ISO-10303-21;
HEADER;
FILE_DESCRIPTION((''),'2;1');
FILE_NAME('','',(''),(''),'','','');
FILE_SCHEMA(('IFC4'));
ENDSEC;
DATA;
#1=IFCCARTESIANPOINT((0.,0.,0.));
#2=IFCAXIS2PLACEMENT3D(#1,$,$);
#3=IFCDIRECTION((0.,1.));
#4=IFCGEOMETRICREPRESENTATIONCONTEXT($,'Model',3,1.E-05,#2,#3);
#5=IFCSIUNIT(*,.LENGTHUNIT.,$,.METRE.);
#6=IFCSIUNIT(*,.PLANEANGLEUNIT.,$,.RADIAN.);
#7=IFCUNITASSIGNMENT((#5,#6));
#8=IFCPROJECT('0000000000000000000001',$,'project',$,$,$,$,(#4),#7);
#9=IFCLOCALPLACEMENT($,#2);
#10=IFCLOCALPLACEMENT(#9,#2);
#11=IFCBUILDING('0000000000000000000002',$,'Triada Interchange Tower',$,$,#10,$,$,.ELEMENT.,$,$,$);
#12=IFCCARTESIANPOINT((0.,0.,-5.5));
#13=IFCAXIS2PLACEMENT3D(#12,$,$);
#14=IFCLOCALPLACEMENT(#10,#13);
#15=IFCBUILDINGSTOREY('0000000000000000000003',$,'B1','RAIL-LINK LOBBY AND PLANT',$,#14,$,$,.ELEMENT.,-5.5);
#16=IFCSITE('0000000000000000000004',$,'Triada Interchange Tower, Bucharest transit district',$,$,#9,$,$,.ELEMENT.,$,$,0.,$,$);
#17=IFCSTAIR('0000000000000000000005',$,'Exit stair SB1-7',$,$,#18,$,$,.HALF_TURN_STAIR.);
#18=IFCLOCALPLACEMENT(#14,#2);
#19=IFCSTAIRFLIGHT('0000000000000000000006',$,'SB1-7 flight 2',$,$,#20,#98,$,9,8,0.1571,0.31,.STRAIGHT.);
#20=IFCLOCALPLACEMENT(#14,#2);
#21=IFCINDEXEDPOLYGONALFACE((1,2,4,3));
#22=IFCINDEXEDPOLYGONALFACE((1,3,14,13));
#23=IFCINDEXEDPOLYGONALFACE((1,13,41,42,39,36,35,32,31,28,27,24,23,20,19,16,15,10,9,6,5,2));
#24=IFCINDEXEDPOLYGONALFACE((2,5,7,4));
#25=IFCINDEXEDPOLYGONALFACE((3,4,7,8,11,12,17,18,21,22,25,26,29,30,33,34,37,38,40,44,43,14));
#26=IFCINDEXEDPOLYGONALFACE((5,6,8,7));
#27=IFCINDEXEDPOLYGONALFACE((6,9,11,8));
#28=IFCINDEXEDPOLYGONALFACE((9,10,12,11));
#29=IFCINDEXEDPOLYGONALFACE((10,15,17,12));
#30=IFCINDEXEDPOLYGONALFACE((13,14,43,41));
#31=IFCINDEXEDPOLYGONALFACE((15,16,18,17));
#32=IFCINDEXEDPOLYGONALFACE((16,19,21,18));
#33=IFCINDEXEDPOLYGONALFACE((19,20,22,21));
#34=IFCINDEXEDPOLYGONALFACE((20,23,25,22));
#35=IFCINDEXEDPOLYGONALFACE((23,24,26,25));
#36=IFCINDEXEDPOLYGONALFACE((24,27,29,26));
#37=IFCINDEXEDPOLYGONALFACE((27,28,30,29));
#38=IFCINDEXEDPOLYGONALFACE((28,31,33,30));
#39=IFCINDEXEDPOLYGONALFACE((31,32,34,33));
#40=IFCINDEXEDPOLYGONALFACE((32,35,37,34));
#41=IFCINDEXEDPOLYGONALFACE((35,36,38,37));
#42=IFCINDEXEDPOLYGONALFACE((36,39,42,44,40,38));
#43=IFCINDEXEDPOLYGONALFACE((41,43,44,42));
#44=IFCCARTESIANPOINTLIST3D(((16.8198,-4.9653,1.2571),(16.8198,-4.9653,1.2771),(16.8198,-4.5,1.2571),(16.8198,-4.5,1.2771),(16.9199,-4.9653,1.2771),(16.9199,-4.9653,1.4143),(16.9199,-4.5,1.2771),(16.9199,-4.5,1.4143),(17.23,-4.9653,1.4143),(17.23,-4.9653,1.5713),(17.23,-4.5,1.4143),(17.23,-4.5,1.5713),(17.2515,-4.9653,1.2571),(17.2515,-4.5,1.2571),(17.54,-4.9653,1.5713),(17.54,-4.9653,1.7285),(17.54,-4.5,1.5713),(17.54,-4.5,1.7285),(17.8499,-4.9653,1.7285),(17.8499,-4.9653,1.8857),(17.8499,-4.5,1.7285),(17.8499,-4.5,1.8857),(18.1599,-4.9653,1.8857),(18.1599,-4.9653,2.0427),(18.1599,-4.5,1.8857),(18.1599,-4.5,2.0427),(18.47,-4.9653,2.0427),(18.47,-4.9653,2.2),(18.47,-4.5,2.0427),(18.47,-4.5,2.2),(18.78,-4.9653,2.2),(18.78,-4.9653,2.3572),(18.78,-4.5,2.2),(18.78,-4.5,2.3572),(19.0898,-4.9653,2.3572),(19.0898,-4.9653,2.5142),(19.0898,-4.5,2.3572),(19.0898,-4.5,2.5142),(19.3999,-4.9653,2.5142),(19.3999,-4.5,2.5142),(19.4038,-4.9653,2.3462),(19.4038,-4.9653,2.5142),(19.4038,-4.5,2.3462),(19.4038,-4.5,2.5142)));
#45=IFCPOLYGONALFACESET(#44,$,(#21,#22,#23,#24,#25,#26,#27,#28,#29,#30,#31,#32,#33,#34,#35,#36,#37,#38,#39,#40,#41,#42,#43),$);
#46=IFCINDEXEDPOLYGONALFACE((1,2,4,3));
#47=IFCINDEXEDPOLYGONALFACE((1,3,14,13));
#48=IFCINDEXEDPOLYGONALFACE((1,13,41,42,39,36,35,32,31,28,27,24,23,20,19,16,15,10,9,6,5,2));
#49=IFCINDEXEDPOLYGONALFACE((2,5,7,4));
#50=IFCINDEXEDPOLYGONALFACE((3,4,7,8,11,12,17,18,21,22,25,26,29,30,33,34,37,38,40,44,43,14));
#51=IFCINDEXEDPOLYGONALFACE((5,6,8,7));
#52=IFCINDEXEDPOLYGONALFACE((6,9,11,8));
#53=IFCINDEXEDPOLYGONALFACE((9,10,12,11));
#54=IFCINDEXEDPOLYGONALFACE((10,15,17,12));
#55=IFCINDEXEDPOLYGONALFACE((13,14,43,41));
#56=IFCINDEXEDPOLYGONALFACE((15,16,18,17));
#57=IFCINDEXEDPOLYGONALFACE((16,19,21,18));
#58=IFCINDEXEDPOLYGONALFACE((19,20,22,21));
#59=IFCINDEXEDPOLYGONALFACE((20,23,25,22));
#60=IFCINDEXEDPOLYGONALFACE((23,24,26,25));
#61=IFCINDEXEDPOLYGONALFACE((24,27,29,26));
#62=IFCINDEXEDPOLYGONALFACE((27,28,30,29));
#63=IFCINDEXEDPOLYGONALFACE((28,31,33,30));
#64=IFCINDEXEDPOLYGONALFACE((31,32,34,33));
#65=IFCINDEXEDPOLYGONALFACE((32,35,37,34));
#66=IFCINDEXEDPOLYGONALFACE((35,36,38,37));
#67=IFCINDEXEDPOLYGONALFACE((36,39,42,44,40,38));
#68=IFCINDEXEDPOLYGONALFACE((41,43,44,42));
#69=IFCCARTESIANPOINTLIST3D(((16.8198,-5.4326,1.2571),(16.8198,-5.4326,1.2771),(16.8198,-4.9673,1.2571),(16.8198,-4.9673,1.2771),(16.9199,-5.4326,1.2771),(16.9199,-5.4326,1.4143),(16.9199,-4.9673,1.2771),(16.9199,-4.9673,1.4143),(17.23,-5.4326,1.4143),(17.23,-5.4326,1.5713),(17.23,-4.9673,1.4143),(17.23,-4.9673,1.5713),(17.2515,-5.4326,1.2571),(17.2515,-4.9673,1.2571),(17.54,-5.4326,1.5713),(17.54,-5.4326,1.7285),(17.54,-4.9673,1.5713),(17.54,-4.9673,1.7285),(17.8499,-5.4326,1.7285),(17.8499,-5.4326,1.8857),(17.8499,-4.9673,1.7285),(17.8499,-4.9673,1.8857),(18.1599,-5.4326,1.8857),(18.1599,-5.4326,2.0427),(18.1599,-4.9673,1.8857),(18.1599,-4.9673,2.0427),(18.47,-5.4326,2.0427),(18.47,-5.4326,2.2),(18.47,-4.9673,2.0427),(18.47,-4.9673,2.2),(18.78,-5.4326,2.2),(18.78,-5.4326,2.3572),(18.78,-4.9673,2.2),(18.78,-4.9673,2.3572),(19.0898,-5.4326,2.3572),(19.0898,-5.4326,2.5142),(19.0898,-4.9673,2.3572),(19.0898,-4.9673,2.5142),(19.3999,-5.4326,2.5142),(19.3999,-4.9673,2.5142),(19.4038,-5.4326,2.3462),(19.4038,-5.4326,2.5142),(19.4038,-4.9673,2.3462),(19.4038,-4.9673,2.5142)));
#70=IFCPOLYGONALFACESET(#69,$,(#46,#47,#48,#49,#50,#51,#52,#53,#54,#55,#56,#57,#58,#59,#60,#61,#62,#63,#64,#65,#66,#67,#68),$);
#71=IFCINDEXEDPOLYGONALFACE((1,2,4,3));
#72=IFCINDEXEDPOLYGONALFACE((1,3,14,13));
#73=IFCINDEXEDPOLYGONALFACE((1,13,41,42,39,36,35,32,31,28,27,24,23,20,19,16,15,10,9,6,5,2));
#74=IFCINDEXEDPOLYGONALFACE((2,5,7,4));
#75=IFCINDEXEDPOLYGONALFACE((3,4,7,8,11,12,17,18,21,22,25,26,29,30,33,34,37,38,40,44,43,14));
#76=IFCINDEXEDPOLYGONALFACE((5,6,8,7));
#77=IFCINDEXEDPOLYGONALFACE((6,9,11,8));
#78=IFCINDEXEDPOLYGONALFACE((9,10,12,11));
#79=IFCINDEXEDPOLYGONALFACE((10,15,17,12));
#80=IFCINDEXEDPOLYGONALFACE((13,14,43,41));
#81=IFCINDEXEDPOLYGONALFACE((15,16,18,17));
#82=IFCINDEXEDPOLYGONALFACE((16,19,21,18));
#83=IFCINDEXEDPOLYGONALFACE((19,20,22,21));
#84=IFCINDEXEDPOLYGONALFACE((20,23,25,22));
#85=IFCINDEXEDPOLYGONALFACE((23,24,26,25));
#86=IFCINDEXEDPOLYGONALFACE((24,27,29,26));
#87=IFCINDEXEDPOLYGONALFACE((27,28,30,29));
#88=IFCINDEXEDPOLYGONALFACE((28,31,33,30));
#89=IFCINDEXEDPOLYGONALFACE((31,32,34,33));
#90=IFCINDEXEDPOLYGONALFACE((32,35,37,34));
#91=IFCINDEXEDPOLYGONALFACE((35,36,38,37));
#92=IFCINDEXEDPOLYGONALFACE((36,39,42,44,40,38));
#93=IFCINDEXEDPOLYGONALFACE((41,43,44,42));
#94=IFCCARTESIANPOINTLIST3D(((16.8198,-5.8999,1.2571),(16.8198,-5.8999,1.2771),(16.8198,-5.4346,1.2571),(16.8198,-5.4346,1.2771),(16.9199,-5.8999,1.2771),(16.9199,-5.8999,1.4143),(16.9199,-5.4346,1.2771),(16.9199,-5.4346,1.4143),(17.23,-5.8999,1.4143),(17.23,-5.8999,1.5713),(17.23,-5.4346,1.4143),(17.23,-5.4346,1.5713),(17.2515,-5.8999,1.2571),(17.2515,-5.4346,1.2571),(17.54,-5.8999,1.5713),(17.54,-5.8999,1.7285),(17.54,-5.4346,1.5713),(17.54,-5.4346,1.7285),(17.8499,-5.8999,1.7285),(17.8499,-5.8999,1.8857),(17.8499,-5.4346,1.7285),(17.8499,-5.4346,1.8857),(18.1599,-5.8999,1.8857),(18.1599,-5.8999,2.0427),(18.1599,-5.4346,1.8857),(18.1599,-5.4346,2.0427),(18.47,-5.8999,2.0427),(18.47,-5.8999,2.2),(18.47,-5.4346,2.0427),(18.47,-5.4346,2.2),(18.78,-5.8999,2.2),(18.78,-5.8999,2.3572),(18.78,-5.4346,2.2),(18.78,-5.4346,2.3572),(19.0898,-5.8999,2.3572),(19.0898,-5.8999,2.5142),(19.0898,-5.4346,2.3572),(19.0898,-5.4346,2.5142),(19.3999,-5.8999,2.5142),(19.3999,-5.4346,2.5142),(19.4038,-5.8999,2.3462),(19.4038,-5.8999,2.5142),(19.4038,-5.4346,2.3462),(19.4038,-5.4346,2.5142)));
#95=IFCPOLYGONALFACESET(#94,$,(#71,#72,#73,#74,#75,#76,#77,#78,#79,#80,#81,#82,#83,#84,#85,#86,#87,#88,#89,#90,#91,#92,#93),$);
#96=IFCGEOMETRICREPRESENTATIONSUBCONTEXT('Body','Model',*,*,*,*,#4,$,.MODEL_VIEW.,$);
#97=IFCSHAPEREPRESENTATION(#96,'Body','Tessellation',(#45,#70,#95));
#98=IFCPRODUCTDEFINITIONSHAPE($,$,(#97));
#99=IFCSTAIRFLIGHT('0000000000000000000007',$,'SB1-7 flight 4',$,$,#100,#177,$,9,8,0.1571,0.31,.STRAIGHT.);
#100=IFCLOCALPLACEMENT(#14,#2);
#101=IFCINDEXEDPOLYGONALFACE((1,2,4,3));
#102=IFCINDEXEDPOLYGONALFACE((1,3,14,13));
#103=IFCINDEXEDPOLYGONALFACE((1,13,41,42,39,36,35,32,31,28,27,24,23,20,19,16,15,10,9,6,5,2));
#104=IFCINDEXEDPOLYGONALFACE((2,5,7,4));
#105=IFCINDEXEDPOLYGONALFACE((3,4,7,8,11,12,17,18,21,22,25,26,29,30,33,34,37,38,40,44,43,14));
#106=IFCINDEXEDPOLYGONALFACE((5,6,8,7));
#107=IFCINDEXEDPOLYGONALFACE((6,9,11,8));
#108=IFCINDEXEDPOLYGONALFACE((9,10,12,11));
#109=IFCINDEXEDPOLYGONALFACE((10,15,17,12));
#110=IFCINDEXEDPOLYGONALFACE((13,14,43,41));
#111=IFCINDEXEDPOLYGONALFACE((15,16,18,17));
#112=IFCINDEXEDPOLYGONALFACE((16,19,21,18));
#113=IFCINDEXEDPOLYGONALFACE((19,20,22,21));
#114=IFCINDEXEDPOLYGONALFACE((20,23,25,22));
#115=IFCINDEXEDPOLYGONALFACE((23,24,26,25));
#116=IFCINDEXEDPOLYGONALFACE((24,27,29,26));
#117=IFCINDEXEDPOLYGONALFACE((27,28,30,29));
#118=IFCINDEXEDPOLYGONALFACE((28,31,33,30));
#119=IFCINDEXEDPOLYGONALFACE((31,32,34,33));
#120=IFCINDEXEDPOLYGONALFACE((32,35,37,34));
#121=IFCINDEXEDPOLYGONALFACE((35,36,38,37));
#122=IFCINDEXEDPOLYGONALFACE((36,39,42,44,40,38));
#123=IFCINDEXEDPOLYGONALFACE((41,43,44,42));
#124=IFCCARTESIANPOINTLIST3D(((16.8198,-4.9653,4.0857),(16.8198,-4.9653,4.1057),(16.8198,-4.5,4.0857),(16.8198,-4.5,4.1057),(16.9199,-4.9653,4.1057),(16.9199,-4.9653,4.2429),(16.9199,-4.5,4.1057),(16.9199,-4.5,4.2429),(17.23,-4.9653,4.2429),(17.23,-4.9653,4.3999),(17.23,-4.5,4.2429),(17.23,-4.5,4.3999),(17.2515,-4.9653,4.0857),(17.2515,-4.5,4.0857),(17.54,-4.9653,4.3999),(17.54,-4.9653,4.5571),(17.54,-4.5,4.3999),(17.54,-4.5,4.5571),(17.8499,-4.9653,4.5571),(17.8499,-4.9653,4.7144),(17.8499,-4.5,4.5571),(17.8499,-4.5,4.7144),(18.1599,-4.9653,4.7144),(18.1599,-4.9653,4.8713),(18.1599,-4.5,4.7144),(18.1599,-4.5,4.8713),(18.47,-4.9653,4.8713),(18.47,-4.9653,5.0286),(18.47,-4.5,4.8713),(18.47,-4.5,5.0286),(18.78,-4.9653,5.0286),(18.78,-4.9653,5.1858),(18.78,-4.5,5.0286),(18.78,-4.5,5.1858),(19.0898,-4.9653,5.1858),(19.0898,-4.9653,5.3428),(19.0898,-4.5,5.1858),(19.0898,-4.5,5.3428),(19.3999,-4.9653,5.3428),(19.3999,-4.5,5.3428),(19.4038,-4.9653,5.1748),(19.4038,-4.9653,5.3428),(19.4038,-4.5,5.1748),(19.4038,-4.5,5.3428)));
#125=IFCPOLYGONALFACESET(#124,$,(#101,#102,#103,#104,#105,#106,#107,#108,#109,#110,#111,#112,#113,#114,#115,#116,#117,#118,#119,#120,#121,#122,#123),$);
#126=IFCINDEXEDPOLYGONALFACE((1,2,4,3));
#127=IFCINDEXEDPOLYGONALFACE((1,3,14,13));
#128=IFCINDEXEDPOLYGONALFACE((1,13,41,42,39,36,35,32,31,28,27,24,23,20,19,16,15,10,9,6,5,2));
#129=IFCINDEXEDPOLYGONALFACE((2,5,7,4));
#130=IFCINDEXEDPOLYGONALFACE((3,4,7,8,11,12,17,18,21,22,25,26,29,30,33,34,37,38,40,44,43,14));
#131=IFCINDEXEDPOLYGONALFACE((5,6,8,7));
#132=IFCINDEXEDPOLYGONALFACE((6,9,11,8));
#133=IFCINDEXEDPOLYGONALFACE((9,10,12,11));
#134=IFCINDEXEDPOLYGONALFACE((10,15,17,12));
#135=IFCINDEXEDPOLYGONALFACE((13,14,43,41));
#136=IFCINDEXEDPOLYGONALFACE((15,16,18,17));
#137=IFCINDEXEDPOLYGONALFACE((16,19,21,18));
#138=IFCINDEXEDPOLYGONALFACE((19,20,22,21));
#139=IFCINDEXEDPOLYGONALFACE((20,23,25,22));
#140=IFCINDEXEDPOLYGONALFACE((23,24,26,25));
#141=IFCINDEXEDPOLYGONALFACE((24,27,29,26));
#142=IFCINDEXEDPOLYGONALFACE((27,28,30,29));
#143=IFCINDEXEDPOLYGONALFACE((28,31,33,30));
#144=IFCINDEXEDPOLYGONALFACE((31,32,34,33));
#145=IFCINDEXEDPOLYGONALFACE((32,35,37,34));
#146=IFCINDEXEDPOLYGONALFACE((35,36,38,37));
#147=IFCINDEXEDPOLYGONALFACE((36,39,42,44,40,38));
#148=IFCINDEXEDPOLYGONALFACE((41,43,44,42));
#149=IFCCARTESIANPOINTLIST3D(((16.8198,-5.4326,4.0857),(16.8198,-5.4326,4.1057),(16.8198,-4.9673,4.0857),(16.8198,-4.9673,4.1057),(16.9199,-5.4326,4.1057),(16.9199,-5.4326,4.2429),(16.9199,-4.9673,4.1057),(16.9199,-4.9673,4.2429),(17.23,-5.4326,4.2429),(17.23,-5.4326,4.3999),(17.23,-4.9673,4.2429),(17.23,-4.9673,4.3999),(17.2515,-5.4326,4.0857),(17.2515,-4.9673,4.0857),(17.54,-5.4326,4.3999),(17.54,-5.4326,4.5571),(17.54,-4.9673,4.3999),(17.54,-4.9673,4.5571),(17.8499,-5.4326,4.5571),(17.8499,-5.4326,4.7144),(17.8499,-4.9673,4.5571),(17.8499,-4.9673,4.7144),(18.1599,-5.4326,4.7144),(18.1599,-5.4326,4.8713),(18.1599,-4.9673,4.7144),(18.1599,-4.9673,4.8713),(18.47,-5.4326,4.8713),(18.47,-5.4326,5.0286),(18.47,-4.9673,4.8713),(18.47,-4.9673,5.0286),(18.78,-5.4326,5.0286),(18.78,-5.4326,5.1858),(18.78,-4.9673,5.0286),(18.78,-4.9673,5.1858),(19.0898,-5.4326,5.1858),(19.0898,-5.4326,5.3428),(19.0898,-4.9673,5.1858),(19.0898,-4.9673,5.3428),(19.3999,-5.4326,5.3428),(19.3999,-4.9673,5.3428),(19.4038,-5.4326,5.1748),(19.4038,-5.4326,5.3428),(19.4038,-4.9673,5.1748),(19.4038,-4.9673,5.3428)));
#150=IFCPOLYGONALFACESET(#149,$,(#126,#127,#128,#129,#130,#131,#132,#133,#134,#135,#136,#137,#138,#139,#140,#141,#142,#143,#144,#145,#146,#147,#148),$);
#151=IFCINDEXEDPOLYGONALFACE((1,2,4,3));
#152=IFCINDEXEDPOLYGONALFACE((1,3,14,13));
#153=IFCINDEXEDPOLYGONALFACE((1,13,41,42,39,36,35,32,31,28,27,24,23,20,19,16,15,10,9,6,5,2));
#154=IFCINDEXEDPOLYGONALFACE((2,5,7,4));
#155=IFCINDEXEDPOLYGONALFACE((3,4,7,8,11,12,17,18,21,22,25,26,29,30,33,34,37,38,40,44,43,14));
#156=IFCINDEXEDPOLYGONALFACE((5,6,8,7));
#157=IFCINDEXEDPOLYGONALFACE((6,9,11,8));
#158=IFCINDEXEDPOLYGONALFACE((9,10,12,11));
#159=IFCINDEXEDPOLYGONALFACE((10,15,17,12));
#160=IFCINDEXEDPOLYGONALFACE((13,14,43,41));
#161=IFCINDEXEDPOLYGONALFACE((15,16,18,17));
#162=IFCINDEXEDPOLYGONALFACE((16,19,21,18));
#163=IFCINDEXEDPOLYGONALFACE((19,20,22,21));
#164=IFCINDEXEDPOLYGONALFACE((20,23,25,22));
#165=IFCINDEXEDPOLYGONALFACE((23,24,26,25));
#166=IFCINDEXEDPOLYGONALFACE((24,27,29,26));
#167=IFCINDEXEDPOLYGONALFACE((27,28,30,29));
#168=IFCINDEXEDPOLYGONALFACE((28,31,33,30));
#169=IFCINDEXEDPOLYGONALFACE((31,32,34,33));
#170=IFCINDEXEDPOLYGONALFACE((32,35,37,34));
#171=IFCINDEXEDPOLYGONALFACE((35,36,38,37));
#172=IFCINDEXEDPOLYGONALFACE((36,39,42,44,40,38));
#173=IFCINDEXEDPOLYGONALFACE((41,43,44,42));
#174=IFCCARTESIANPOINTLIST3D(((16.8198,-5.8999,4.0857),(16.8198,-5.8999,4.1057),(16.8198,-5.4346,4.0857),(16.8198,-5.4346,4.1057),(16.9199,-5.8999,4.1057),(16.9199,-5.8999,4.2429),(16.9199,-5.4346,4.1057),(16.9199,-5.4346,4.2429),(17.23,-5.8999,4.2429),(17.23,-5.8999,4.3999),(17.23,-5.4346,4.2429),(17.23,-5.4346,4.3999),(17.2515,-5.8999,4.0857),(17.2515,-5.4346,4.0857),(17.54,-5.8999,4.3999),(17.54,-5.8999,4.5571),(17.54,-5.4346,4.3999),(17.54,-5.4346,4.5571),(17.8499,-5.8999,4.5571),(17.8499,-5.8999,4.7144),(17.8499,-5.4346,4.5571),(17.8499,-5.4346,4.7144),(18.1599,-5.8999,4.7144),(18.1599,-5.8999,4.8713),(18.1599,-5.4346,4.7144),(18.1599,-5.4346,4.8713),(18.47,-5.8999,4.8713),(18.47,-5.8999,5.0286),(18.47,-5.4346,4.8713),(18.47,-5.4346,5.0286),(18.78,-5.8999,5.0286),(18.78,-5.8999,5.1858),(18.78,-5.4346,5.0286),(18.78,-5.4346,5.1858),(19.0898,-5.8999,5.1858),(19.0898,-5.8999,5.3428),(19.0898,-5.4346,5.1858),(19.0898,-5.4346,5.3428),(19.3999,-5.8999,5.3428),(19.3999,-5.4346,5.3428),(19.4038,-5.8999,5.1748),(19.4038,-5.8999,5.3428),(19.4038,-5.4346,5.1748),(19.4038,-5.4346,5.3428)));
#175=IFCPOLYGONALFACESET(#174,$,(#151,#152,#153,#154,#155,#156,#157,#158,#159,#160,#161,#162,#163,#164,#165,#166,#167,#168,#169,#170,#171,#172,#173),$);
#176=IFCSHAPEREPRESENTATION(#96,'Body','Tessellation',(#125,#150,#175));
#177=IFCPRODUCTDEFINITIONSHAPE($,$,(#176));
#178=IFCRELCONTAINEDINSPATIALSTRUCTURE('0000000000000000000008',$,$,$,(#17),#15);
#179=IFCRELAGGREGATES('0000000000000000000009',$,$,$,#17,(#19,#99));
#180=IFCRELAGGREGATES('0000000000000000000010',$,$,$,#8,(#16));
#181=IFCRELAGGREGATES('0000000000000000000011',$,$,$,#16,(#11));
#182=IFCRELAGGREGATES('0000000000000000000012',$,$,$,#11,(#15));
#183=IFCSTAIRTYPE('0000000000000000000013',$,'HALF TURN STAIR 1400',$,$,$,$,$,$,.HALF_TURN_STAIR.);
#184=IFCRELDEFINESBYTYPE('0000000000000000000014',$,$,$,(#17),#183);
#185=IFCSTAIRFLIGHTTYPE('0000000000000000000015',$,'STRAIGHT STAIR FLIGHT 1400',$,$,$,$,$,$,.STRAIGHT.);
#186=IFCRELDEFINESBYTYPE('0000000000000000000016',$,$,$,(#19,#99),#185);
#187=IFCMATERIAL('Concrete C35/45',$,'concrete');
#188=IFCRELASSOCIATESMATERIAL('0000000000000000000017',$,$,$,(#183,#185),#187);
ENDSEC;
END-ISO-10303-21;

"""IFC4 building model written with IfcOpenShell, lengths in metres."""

from ifc_helpers import new_model, si_unit, direction, frame, origin, place, context, subcontext, project, spatial, polyline, outline, extrude, material, type_object, element, aggregate, save


model = new_model("IFC4")

# Units and contexts
model_context = context("Model", 3, precision=1e-05, world=origin(), true_north=direction((0.0, 1.0)))
body_context = subcontext(model_context, "Body", "Model", "MODEL_VIEW")
ifc_project = project(units=[si_unit("LENGTHUNIT", "METRE"), si_unit("PLANEANGLEUNIT", "RADIAN")], contexts=[model_context])

# Site, building, storey
site_placement = place(None, origin())
site = spatial("IfcSite", under=ifc_project, at=site_placement, Name="Triada Interchange Tower, Bucharest transit district", CompositionType="ELEMENT", RefElevation=0.0)
building_placement = place(site_placement, origin())
building = spatial("IfcBuilding", under=site, at=building_placement, Name="Triada Interchange Tower", CompositionType="ELEMENT")
storey_placement = place(building_placement, frame((0.0, 0.0, -5.5)))
storey = spatial("IfcBuildingStorey", under=building, at=storey_placement, Name="B1", Description="RAIL-LINK LOBBY AND PLANT", CompositionType="ELEMENT", Elevation=-5.5)

# Shared definitions
ifc_material_1 = material(Name="Concrete C35/45", Category="concrete")

# Stair, stair flights
stair_type = type_object("IfcStairType", Name="HALF TURN STAIR 1400", PredefinedType="HALF_TURN_STAIR", material=ifc_material_1)
stair_1_placement = place(storey_placement, origin())
stair_1 = element("IfcStair", 1, at=stair_1_placement, inside=storey, type_object=stair_type, Name="Exit stair SB1-7", PredefinedType="HALF_TURN_STAIR")
stair_flight_type = type_object("IfcStairFlightType", Name="STRAIGHT STAIR FLIGHT 1400", PredefinedType="STRAIGHT", material=ifc_material_1)
stair_flight_1_placement = place(storey_placement, frame((16.9199, -5.2, 1.2571), z_axis=(0.0, 0.0, 1.0), x_axis=(1.0, 0.0, 0.0)))
stair_flight_1 = element("IfcStairFlight", 2, at=stair_flight_1_placement, type_object=stair_flight_type, Name="SB1-7 flight 2", NumberOfRisers=9, NumberOfTreads=8, PredefinedType="STRAIGHT", RiserHeight=0.1571, TreadLength=0.31, context=body_context, shape_type="SweptSolid", body=[
    extrude(outline(polyline([(-0.1001, 0.0), (-0.1001, 0.02), (0.0, 0.02), (0.0, 0.1572), (0.3101, 0.1572), (0.3101, 0.3142), (0.6201, 0.3142), (0.6201, 0.4714), (0.9299, 0.4714), (0.9299, 0.6287), (1.24, 0.6287), (1.24, 0.7856), (1.55, 0.7856), (1.55, 0.9429), (1.8601, 0.9429), (1.8601, 1.1001), (2.1699, 1.1001), (2.1699, 1.2571), (2.48, 1.2571), (2.4839, 1.2571), (2.4839, 1.4143), (2.4839, 1.0891), (0.3315, 0.0), (-0.1001, 0.0)])), frame((0.0, 0.7, 0.0), z_axis=(0.0, -1.0, 0.0), x_axis=(1.0, 0.0, 0.0)), (0.0, 0.0, 1.0), 0.4653),
    extrude(outline(polyline([(-0.1001, 0.0), (-0.1001, 0.02), (0.0, 0.02), (0.0, 0.1572), (0.3101, 0.1572), (0.3101, 0.3142), (0.6201, 0.3142), (0.6201, 0.4714), (0.9299, 0.4714), (0.9299, 0.6287), (1.24, 0.6287), (1.24, 0.7856), (1.55, 0.7856), (1.55, 0.9429), (1.8601, 0.9429), (1.8601, 1.1001), (2.1699, 1.1001), (2.1699, 1.2571), (2.48, 1.2571), (2.4839, 1.2571), (2.4839, 1.4143), (2.4839, 1.0891), (0.3315, 0.0), (-0.1001, 0.0)])), frame((0.0, 0.2327, 0.0), z_axis=(0.0, -1.0, 0.0), x_axis=(1.0, 0.0, 0.0)), (0.0, 0.0, 1.0), 0.4653),
    extrude(outline(polyline([(-0.1001, 0.0), (-0.1001, 0.02), (0.0, 0.02), (0.0, 0.1572), (0.3101, 0.1572), (0.3101, 0.3142), (0.6201, 0.3142), (0.6201, 0.4714), (0.9299, 0.4714), (0.9299, 0.6287), (1.24, 0.6287), (1.24, 0.7856), (1.55, 0.7856), (1.55, 0.9429), (1.8601, 0.9429), (1.8601, 1.1001), (2.1699, 1.1001), (2.1699, 1.2571), (2.48, 1.2571), (2.4839, 1.2571), (2.4839, 1.4143), (2.4839, 1.0891), (0.3315, 0.0), (-0.1001, 0.0)])), frame((0.0, -0.2346, 0.0), z_axis=(0.0, -1.0, 0.0), x_axis=(1.0, 0.0, 0.0)), (0.0, 0.0, 1.0), 0.4653),
])
stair_flight_2_placement = place(storey_placement, frame((16.9199, -5.2, 4.0857), z_axis=(0.0, 0.0, 1.0), x_axis=(1.0, 0.0, 0.0)))
stair_flight_2 = element("IfcStairFlight", 3, at=stair_flight_2_placement, type_object=stair_flight_type, Name="SB1-7 flight 4", NumberOfRisers=9, NumberOfTreads=8, PredefinedType="STRAIGHT", RiserHeight=0.1571, TreadLength=0.31, context=body_context, shape_type="SweptSolid", body=[
    extrude(outline(polyline([(-0.1001, 0.0), (-0.1001, 0.02), (0.0, 0.02), (0.0, 0.1572), (0.3101, 0.1572), (0.3101, 0.3142), (0.6201, 0.3142), (0.6201, 0.4714), (0.9299, 0.4714), (0.9299, 0.6287), (1.24, 0.6287), (1.24, 0.7856), (1.55, 0.7856), (1.55, 0.9429), (1.8601, 0.9429), (1.8601, 1.1001), (2.1699, 1.1001), (2.1699, 1.2571), (2.48, 1.2571), (2.4839, 1.2571), (2.4839, 1.4143), (2.4839, 1.0891), (0.3315, 0.0), (-0.1001, 0.0)])), frame((0.0, 0.7, 0.0), z_axis=(0.0, -1.0, 0.0), x_axis=(1.0, 0.0, 0.0)), (0.0, 0.0, 1.0), 0.4653),
    extrude(outline(polyline([(-0.1001, 0.0), (-0.1001, 0.02), (0.0, 0.02), (0.0, 0.1572), (0.3101, 0.1572), (0.3101, 0.3142), (0.6201, 0.3142), (0.6201, 0.4714), (0.9299, 0.4714), (0.9299, 0.6287), (1.24, 0.6287), (1.24, 0.7856), (1.55, 0.7856), (1.55, 0.9429), (1.8601, 0.9429), (1.8601, 1.1001), (2.1699, 1.1001), (2.1699, 1.2571), (2.48, 1.2571), (2.4839, 1.2571), (2.4839, 1.4143), (2.4839, 1.0891), (0.3315, 0.0), (-0.1001, 0.0)])), frame((0.0, 0.2327, 0.0), z_axis=(0.0, -1.0, 0.0), x_axis=(1.0, 0.0, 0.0)), (0.0, 0.0, 1.0), 0.4653),
    extrude(outline(polyline([(-0.1001, 0.0), (-0.1001, 0.02), (0.0, 0.02), (0.0, 0.1572), (0.3101, 0.1572), (0.3101, 0.3142), (0.6201, 0.3142), (0.6201, 0.4714), (0.9299, 0.4714), (0.9299, 0.6287), (1.24, 0.6287), (1.24, 0.7856), (1.55, 0.7856), (1.55, 0.9429), (1.8601, 0.9429), (1.8601, 1.1001), (2.1699, 1.1001), (2.1699, 1.2571), (2.48, 1.2571), (2.4839, 1.2571), (2.4839, 1.4143), (2.4839, 1.0891), (0.3315, 0.0), (-0.1001, 0.0)])), frame((0.0, -0.2346, 0.0), z_axis=(0.0, -1.0, 0.0), x_axis=(1.0, 0.0, 0.0)), (0.0, 0.0, 1.0), 0.4653),
])

aggregate(stair_1, [stair_flight_1, stair_flight_2])

save(model, "model.ifc")
